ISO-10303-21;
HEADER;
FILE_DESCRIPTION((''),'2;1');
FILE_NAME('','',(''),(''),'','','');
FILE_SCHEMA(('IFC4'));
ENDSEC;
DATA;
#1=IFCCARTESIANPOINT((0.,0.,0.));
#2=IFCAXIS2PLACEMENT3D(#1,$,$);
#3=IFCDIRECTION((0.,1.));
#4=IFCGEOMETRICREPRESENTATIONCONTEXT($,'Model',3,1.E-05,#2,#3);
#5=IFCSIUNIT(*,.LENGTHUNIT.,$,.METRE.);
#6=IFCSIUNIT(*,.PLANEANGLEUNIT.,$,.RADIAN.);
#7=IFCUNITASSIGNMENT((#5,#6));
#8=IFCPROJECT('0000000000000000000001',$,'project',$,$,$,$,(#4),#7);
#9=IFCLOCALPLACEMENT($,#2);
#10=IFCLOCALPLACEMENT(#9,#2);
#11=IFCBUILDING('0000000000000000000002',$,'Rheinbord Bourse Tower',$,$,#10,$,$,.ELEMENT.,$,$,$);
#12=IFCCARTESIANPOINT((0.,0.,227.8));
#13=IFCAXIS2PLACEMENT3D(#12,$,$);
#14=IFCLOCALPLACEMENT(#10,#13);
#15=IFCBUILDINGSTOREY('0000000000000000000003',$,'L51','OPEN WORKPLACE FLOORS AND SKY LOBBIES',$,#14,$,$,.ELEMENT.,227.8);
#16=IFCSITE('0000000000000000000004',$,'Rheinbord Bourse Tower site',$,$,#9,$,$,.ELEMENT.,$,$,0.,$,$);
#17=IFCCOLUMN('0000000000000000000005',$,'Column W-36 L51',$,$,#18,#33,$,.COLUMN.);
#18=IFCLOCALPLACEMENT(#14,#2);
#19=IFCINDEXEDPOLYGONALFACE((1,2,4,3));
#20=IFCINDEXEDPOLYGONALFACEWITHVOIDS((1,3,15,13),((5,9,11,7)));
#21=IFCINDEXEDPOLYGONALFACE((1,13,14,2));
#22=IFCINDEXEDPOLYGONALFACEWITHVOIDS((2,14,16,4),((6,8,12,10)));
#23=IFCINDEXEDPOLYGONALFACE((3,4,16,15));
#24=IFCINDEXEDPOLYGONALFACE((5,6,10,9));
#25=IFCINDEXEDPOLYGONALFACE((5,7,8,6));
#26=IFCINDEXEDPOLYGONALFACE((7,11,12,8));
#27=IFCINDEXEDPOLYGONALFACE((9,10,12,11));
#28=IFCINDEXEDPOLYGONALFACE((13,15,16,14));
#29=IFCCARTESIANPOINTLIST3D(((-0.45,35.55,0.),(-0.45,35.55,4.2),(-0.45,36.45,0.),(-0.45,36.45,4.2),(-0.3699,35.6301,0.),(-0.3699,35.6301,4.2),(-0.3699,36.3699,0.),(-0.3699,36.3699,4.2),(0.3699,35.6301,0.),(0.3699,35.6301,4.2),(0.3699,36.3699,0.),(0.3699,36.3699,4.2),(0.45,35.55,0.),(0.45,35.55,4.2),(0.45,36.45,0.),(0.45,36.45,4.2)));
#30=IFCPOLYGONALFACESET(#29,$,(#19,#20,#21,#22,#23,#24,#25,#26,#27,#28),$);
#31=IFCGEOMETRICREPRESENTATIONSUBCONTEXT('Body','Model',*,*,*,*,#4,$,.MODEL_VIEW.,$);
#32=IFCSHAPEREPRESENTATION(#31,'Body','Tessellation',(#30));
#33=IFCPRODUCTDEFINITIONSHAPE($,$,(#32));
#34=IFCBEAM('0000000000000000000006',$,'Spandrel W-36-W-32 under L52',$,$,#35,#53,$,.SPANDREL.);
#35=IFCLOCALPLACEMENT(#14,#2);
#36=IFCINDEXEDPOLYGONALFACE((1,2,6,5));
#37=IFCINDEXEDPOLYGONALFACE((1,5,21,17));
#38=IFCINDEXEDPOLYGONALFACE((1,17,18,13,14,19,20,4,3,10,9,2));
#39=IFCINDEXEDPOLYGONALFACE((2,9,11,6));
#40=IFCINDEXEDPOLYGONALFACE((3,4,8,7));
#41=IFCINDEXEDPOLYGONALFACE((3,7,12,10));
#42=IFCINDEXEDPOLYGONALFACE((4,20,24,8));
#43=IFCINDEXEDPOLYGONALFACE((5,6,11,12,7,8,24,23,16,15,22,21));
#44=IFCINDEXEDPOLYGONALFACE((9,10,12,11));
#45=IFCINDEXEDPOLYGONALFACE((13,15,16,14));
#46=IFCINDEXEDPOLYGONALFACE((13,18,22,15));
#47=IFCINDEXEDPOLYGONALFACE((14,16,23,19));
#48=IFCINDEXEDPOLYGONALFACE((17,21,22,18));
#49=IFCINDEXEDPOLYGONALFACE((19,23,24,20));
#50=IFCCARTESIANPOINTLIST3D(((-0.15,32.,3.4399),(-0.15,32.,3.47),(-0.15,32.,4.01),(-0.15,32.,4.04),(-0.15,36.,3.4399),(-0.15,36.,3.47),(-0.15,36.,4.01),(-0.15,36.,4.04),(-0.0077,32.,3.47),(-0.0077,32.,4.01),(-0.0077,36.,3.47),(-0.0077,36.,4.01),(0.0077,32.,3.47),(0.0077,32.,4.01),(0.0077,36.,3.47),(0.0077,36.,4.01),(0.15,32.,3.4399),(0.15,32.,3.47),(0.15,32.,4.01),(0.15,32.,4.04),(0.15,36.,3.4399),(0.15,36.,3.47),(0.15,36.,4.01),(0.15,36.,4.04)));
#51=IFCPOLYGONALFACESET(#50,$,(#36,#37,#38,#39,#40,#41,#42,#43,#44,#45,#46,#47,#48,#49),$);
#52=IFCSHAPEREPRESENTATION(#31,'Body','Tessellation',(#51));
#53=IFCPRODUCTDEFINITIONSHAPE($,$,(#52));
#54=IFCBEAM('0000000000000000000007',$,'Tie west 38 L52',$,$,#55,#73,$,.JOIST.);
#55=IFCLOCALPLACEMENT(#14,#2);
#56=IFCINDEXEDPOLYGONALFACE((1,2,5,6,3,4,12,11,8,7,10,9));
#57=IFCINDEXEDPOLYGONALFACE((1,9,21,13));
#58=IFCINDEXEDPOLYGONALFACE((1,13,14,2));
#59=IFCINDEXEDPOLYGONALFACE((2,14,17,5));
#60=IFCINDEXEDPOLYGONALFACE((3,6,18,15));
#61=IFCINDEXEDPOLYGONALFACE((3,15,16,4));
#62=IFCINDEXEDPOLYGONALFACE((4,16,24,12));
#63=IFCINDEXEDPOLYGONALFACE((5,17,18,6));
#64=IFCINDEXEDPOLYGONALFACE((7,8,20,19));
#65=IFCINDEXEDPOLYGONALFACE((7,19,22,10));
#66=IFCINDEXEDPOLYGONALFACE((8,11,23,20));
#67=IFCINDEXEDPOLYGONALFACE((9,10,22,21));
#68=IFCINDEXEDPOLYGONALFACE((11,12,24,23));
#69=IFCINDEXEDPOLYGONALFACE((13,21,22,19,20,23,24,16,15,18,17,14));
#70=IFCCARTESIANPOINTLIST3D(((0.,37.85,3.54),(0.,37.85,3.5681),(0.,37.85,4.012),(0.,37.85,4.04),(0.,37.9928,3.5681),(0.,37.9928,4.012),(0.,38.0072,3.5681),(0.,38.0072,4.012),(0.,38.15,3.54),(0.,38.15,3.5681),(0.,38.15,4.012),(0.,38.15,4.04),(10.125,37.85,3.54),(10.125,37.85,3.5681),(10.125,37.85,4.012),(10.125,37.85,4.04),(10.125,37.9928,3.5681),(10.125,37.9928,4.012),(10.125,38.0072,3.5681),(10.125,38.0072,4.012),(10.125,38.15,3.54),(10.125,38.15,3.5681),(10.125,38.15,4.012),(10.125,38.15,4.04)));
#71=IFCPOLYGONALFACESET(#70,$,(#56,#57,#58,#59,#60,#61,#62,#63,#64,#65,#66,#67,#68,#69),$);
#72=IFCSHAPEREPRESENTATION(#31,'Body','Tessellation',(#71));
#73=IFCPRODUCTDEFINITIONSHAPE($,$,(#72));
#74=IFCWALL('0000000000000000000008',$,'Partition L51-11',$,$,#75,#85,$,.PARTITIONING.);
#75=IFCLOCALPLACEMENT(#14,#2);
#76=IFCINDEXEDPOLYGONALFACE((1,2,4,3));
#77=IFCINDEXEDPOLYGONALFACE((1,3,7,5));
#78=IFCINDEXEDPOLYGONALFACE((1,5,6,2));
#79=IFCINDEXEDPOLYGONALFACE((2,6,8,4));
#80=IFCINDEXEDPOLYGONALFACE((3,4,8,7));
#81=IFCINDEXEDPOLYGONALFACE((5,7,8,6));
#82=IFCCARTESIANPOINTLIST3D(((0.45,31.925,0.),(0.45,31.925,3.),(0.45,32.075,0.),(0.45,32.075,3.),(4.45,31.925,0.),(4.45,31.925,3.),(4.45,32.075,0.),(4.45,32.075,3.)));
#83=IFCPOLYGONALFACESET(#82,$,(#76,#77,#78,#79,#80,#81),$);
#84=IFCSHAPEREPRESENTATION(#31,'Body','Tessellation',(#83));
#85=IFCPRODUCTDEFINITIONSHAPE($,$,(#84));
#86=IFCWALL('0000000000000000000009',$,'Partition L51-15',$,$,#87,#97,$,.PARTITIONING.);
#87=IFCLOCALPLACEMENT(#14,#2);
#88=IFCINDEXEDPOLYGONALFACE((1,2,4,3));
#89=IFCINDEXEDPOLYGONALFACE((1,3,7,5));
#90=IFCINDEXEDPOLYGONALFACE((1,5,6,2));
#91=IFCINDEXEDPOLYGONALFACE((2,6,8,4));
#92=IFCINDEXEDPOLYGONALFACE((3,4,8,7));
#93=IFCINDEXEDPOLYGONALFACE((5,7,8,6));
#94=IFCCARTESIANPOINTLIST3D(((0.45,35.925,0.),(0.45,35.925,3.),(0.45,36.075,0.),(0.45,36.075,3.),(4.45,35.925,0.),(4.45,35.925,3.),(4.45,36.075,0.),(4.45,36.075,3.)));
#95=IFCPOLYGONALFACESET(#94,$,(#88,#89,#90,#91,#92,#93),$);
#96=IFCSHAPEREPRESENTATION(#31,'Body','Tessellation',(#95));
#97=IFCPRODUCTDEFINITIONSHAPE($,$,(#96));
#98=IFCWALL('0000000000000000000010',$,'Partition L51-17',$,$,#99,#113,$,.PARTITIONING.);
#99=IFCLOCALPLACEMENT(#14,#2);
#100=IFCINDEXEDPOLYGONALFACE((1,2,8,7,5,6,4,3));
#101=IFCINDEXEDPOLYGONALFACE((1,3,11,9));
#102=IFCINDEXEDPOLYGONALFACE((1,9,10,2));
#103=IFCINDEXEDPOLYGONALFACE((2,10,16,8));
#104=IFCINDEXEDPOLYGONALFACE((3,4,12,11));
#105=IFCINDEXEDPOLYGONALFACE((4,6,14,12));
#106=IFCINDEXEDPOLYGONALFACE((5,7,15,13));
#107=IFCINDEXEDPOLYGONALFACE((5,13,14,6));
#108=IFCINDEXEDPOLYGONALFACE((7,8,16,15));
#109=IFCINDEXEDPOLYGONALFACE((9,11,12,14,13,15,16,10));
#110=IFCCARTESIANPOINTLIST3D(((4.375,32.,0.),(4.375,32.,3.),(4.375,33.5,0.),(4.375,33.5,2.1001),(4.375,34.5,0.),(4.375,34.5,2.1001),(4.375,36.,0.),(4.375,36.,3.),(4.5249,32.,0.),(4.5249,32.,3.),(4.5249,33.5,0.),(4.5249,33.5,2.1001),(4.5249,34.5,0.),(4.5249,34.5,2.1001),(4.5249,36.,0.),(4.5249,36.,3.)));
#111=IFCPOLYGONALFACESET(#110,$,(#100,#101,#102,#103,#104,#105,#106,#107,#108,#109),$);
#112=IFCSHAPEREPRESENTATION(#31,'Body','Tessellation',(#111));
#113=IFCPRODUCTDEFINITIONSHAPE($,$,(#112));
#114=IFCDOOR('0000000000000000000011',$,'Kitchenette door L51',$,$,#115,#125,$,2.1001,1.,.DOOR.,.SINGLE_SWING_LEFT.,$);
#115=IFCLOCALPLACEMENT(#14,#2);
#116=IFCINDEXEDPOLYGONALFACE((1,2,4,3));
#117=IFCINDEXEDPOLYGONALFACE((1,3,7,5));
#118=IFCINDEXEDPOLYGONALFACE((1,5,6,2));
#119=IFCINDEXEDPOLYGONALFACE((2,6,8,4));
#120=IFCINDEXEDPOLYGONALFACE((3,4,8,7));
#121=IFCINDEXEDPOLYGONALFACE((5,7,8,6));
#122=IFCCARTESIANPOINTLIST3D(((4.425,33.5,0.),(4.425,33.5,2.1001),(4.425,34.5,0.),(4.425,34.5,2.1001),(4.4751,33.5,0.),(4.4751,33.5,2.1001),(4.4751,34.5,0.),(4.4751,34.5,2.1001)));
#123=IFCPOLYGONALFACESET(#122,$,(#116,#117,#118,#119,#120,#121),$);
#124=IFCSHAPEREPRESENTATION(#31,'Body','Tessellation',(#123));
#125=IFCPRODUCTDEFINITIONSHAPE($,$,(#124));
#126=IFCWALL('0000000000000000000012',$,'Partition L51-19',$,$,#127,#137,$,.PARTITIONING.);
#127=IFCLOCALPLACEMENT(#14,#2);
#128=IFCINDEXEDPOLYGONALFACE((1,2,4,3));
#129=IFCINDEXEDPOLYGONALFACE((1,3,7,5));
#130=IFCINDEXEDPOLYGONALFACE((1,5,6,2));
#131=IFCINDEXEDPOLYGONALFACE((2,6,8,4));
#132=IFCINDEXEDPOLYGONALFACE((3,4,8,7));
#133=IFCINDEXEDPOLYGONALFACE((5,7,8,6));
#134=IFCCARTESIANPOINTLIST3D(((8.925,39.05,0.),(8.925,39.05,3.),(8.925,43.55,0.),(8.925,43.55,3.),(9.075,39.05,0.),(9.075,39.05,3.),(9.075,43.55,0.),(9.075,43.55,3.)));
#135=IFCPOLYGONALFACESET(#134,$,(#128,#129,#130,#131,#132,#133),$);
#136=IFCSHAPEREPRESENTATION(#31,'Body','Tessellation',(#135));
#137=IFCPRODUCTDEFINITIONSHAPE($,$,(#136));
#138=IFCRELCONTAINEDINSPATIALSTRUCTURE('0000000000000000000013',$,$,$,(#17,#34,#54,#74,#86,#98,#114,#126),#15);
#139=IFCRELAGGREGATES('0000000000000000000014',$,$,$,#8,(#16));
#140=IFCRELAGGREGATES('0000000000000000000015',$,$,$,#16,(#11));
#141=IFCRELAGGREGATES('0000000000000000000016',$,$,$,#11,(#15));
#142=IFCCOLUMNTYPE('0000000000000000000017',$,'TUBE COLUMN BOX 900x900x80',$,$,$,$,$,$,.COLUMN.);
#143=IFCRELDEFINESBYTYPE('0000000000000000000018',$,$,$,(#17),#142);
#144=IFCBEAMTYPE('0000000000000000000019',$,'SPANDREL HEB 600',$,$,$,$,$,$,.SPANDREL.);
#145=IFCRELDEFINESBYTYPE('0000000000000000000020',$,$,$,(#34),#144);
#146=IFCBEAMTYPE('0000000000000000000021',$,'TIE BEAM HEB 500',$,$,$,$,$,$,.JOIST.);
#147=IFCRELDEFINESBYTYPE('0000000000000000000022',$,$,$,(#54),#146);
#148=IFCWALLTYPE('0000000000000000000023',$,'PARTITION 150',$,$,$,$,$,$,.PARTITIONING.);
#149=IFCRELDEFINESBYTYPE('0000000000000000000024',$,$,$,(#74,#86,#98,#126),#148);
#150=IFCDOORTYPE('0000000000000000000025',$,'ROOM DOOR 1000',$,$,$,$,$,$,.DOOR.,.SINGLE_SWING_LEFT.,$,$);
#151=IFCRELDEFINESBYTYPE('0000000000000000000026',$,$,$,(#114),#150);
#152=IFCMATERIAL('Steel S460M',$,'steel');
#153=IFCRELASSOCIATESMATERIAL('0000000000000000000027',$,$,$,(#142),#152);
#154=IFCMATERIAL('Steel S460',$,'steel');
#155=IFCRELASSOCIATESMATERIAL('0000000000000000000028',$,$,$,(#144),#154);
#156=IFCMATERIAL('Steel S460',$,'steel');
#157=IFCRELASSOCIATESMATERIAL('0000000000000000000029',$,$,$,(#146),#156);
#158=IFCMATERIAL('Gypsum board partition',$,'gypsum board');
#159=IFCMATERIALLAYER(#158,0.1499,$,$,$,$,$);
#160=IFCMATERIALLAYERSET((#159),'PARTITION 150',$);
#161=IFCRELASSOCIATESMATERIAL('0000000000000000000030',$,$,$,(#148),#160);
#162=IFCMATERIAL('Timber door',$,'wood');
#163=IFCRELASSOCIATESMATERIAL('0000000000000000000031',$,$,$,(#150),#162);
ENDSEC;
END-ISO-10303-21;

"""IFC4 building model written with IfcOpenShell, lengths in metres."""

from ifc_helpers import new_model, si_unit, direction, frame, frame_2d, origin, origin_2d, place, context, subcontext, project, spatial, rectangle, hollow_rectangle, i_section, extrude, material, layer, layer_set, material_profile, profile_set, type_object, element, fill, save


model = new_model("IFC4")

# Units and contexts
model_context = context("Model", 3, precision=1e-05, world=origin(), true_north=direction((0.0, 1.0)))
body_context = subcontext(model_context, "Body", "Model", "MODEL_VIEW")
ifc_project = project(units=[si_unit("LENGTHUNIT", "METRE"), si_unit("PLANEANGLEUNIT", "RADIAN")], contexts=[model_context])

# Site, building, storey
site_placement = place(None, origin())
site = spatial("IfcSite", under=ifc_project, at=site_placement, Name="Rheinbord Bourse Tower site", CompositionType="ELEMENT", RefElevation=0.0)
building_placement = place(site_placement, origin())
building = spatial("IfcBuilding", under=site, at=building_placement, Name="Rheinbord Bourse Tower", CompositionType="ELEMENT")
storey_placement = place(building_placement, frame((0.0, 0.0, 227.8)))
storey = spatial("IfcBuildingStorey", under=building, at=storey_placement, Name="L51", Description="OPEN WORKPLACE FLOORS AND SKY LOBBIES", CompositionType="ELEMENT", Elevation=227.8)

# Column
ifc_material_1 = material(Name="Steel S460M", Category="steel")
ifc_material_profile_1 = material_profile(ifc_material_1, hollow_rectangle(XDim=0.8999, YDim=0.8999, WallThickness=0.0801, at=origin_2d()), Name="BOX 900x900x80")
ifc_profile_set_1 = profile_set([ifc_material_profile_1], Name="Steel S460M")
column_type = type_object("IfcColumnType", Name="TUBE COLUMN BOX 900x900x80", PredefinedType="COLUMN", material=ifc_profile_set_1)
column_placement = place(storey_placement, frame((0.0, 36.0, 0.0), z_axis=(0.0, 0.0, 1.0), x_axis=(1.0, 0.0, 0.0)))
element("IfcColumn", 1, at=column_placement, inside=storey, type_object=column_type, Name="Column W-36 L51", PredefinedType="COLUMN", context=body_context, shape_type="SweptSolid", body=[
    extrude(hollow_rectangle(XDim=0.8999, YDim=0.8999, WallThickness=0.0801, at=origin_2d()), origin(), (0.0, 0.0, 1.0), 4.2),
])

# Beams
ifc_material_2 = material(Name="Steel S460", Category="steel")
ifc_material_profile_2 = material_profile(ifc_material_2, i_section(OverallWidth=0.3, OverallDepth=0.6001, WebThickness=0.0154, FlangeThickness=0.03, at=origin_2d()), Name="HEB 600")
ifc_profile_set_2 = profile_set([ifc_material_profile_2], Name="Steel S460")
beam_type_1 = type_object("IfcBeamType", Name="SPANDREL HEB 600", PredefinedType="SPANDREL", material=ifc_profile_set_2)
beam_1_placement = place(storey_placement, frame((0.0, 36.0, 3.74), z_axis=(0.0, -1.0, 0.0), x_axis=(1.0, 0.0, 0.0)))
element("IfcBeam", 2, at=beam_1_placement, inside=storey, type_object=beam_type_1, Name="Spandrel W-36-W-32 under L52", PredefinedType="SPANDREL", context=body_context, shape_type="SweptSolid", body=[
    extrude(i_section(OverallWidth=0.3, OverallDepth=0.6001, WebThickness=0.0154, FlangeThickness=0.03, at=origin_2d()), origin(), (0.0, 0.0, 1.0), 4.0),
])
ifc_material_3 = material(Name="Steel S460", Category="steel")
ifc_material_profile_3 = material_profile(ifc_material_3, i_section(OverallWidth=0.3, OverallDepth=0.5, WebThickness=0.0144, FlangeThickness=0.0281, at=origin_2d()), Name="HEB 500")
ifc_profile_set_3 = profile_set([ifc_material_profile_3], Name="Steel S460")
beam_type_2 = type_object("IfcBeamType", Name="TIE BEAM HEB 500", PredefinedType="JOIST", material=ifc_profile_set_3)
beam_2_placement = place(storey_placement, frame((0.0, 38.0, 3.79), z_axis=(1.0, 0.0, 0.0), x_axis=(0.0, 1.0, 0.0)))
element("IfcBeam", 3, at=beam_2_placement, inside=storey, type_object=beam_type_2, Name="Tie west 38 L52", PredefinedType="JOIST", context=body_context, shape_type="SweptSolid", body=[
    extrude(i_section(OverallWidth=0.3, OverallDepth=0.5, WebThickness=0.0144, FlangeThickness=0.0281, at=origin_2d()), origin(), (0.0, 0.0, 1.0), 10.125),
])

# Walls
ifc_material_4 = material(Name="Gypsum board partition", Category="gypsum board")
ifc_layer = layer(ifc_material_4, 0.1499)
ifc_layer_set = layer_set([ifc_layer], Name="PARTITION 150")
wall_type = type_object("IfcWallType", Name="PARTITION 150", PredefinedType="PARTITIONING", material=ifc_layer_set)
for number, where, z_axis, x_axis, name in (
    (4, (0.45, 32.0, 0.0), (0.0, 0.0, 1.0), (1.0, 0.0, 0.0), "Partition L51-11"),
    (5, (0.45, 36.0, 0.0), (0.0, 0.0, 1.0), (1.0, 0.0, 0.0), "Partition L51-15"),
):
    element("IfcWall", number, at=place(storey_placement, frame(where, z_axis=z_axis, x_axis=x_axis)), inside=storey, type_object=wall_type, Name=name, PredefinedType="PARTITIONING", context=body_context, shape_type="SweptSolid", body=[
        extrude(rectangle(XDim=4.0, YDim=0.1499, at=frame_2d((2.0, 0.0))), origin(), (0.0, 0.0, 1.0), 3.0),
    ])

# Shared definitions
ifc_material_5 = material(Name="Timber door", Category="wood")
door_type = type_object("IfcDoorType", Name="ROOM DOOR 1000", OperationType="SINGLE_SWING_LEFT", PredefinedType="DOOR", material=ifc_material_5)

# Wall, opening, door
wall_1_placement = place(storey_placement, frame((4.45, 32.0, 0.0), z_axis=(0.0, 0.0, 1.0), x_axis=(0.0, 1.0, 0.0)))
wall_1 = element("IfcWall", 6, at=wall_1_placement, inside=storey, type_object=wall_type, Name="Partition L51-17", PredefinedType="PARTITIONING", context=body_context, shape_type="SweptSolid", body=[
    extrude(rectangle(XDim=4.0, YDim=0.1499, at=frame_2d((2.0, 0.0))), origin(), (0.0, 0.0, 1.0), 3.0),
])
opening_1_placement = place(wall_1_placement, frame((1.5, 0.0, 0.0)))
opening_1 = element("IfcOpeningElement", 7, at=opening_1_placement, cuts=wall_1, PredefinedType="OPENING", context=body_context, shape_type="SweptSolid", body=[
    extrude(rectangle(XDim=1.0, YDim=2.1001, at=frame_2d((0.5, 1.05))), frame((0.0, 0.085, 0.0), z_axis=(0.0, -1.0, 0.0), x_axis=(1.0, 0.0, 0.0)), (0.0, 0.0, 1.0), 0.1699),
])
door_1_placement = place(opening_1_placement, origin())
door_1 = element("IfcDoor", 8, at=door_1_placement, inside=storey, type_object=door_type, Name="Kitchenette door L51", OperationType="SINGLE_SWING_LEFT", OverallHeight=2.1001, OverallWidth=1.0, PredefinedType="DOOR", context=body_context, shape_type="SweptSolid", body=[
    extrude(rectangle(XDim=1.0, YDim=2.1001, at=frame_2d((0.5, 1.05))), frame((0.0, 0.0249, 0.0), z_axis=(0.0, -1.0, 0.0), x_axis=(1.0, 0.0, 0.0)), (0.0, 0.0, 1.0), 0.05),
])
fill(opening_1, door_1)

# Wall
wall_2_placement = place(storey_placement, frame((9.0, 39.05, 0.0), z_axis=(0.0, 0.0, 1.0), x_axis=(0.0, 1.0, 0.0)))
element("IfcWall", 9, at=wall_2_placement, inside=storey, type_object=wall_type, Name="Partition L51-19", PredefinedType="PARTITIONING", context=body_context, shape_type="SweptSolid", body=[
    extrude(rectangle(XDim=4.5, YDim=0.1499, at=frame_2d((2.25, 0.0))), origin(), (0.0, 0.0, 1.0), 3.0),
])

save(model, "model.ifc")
